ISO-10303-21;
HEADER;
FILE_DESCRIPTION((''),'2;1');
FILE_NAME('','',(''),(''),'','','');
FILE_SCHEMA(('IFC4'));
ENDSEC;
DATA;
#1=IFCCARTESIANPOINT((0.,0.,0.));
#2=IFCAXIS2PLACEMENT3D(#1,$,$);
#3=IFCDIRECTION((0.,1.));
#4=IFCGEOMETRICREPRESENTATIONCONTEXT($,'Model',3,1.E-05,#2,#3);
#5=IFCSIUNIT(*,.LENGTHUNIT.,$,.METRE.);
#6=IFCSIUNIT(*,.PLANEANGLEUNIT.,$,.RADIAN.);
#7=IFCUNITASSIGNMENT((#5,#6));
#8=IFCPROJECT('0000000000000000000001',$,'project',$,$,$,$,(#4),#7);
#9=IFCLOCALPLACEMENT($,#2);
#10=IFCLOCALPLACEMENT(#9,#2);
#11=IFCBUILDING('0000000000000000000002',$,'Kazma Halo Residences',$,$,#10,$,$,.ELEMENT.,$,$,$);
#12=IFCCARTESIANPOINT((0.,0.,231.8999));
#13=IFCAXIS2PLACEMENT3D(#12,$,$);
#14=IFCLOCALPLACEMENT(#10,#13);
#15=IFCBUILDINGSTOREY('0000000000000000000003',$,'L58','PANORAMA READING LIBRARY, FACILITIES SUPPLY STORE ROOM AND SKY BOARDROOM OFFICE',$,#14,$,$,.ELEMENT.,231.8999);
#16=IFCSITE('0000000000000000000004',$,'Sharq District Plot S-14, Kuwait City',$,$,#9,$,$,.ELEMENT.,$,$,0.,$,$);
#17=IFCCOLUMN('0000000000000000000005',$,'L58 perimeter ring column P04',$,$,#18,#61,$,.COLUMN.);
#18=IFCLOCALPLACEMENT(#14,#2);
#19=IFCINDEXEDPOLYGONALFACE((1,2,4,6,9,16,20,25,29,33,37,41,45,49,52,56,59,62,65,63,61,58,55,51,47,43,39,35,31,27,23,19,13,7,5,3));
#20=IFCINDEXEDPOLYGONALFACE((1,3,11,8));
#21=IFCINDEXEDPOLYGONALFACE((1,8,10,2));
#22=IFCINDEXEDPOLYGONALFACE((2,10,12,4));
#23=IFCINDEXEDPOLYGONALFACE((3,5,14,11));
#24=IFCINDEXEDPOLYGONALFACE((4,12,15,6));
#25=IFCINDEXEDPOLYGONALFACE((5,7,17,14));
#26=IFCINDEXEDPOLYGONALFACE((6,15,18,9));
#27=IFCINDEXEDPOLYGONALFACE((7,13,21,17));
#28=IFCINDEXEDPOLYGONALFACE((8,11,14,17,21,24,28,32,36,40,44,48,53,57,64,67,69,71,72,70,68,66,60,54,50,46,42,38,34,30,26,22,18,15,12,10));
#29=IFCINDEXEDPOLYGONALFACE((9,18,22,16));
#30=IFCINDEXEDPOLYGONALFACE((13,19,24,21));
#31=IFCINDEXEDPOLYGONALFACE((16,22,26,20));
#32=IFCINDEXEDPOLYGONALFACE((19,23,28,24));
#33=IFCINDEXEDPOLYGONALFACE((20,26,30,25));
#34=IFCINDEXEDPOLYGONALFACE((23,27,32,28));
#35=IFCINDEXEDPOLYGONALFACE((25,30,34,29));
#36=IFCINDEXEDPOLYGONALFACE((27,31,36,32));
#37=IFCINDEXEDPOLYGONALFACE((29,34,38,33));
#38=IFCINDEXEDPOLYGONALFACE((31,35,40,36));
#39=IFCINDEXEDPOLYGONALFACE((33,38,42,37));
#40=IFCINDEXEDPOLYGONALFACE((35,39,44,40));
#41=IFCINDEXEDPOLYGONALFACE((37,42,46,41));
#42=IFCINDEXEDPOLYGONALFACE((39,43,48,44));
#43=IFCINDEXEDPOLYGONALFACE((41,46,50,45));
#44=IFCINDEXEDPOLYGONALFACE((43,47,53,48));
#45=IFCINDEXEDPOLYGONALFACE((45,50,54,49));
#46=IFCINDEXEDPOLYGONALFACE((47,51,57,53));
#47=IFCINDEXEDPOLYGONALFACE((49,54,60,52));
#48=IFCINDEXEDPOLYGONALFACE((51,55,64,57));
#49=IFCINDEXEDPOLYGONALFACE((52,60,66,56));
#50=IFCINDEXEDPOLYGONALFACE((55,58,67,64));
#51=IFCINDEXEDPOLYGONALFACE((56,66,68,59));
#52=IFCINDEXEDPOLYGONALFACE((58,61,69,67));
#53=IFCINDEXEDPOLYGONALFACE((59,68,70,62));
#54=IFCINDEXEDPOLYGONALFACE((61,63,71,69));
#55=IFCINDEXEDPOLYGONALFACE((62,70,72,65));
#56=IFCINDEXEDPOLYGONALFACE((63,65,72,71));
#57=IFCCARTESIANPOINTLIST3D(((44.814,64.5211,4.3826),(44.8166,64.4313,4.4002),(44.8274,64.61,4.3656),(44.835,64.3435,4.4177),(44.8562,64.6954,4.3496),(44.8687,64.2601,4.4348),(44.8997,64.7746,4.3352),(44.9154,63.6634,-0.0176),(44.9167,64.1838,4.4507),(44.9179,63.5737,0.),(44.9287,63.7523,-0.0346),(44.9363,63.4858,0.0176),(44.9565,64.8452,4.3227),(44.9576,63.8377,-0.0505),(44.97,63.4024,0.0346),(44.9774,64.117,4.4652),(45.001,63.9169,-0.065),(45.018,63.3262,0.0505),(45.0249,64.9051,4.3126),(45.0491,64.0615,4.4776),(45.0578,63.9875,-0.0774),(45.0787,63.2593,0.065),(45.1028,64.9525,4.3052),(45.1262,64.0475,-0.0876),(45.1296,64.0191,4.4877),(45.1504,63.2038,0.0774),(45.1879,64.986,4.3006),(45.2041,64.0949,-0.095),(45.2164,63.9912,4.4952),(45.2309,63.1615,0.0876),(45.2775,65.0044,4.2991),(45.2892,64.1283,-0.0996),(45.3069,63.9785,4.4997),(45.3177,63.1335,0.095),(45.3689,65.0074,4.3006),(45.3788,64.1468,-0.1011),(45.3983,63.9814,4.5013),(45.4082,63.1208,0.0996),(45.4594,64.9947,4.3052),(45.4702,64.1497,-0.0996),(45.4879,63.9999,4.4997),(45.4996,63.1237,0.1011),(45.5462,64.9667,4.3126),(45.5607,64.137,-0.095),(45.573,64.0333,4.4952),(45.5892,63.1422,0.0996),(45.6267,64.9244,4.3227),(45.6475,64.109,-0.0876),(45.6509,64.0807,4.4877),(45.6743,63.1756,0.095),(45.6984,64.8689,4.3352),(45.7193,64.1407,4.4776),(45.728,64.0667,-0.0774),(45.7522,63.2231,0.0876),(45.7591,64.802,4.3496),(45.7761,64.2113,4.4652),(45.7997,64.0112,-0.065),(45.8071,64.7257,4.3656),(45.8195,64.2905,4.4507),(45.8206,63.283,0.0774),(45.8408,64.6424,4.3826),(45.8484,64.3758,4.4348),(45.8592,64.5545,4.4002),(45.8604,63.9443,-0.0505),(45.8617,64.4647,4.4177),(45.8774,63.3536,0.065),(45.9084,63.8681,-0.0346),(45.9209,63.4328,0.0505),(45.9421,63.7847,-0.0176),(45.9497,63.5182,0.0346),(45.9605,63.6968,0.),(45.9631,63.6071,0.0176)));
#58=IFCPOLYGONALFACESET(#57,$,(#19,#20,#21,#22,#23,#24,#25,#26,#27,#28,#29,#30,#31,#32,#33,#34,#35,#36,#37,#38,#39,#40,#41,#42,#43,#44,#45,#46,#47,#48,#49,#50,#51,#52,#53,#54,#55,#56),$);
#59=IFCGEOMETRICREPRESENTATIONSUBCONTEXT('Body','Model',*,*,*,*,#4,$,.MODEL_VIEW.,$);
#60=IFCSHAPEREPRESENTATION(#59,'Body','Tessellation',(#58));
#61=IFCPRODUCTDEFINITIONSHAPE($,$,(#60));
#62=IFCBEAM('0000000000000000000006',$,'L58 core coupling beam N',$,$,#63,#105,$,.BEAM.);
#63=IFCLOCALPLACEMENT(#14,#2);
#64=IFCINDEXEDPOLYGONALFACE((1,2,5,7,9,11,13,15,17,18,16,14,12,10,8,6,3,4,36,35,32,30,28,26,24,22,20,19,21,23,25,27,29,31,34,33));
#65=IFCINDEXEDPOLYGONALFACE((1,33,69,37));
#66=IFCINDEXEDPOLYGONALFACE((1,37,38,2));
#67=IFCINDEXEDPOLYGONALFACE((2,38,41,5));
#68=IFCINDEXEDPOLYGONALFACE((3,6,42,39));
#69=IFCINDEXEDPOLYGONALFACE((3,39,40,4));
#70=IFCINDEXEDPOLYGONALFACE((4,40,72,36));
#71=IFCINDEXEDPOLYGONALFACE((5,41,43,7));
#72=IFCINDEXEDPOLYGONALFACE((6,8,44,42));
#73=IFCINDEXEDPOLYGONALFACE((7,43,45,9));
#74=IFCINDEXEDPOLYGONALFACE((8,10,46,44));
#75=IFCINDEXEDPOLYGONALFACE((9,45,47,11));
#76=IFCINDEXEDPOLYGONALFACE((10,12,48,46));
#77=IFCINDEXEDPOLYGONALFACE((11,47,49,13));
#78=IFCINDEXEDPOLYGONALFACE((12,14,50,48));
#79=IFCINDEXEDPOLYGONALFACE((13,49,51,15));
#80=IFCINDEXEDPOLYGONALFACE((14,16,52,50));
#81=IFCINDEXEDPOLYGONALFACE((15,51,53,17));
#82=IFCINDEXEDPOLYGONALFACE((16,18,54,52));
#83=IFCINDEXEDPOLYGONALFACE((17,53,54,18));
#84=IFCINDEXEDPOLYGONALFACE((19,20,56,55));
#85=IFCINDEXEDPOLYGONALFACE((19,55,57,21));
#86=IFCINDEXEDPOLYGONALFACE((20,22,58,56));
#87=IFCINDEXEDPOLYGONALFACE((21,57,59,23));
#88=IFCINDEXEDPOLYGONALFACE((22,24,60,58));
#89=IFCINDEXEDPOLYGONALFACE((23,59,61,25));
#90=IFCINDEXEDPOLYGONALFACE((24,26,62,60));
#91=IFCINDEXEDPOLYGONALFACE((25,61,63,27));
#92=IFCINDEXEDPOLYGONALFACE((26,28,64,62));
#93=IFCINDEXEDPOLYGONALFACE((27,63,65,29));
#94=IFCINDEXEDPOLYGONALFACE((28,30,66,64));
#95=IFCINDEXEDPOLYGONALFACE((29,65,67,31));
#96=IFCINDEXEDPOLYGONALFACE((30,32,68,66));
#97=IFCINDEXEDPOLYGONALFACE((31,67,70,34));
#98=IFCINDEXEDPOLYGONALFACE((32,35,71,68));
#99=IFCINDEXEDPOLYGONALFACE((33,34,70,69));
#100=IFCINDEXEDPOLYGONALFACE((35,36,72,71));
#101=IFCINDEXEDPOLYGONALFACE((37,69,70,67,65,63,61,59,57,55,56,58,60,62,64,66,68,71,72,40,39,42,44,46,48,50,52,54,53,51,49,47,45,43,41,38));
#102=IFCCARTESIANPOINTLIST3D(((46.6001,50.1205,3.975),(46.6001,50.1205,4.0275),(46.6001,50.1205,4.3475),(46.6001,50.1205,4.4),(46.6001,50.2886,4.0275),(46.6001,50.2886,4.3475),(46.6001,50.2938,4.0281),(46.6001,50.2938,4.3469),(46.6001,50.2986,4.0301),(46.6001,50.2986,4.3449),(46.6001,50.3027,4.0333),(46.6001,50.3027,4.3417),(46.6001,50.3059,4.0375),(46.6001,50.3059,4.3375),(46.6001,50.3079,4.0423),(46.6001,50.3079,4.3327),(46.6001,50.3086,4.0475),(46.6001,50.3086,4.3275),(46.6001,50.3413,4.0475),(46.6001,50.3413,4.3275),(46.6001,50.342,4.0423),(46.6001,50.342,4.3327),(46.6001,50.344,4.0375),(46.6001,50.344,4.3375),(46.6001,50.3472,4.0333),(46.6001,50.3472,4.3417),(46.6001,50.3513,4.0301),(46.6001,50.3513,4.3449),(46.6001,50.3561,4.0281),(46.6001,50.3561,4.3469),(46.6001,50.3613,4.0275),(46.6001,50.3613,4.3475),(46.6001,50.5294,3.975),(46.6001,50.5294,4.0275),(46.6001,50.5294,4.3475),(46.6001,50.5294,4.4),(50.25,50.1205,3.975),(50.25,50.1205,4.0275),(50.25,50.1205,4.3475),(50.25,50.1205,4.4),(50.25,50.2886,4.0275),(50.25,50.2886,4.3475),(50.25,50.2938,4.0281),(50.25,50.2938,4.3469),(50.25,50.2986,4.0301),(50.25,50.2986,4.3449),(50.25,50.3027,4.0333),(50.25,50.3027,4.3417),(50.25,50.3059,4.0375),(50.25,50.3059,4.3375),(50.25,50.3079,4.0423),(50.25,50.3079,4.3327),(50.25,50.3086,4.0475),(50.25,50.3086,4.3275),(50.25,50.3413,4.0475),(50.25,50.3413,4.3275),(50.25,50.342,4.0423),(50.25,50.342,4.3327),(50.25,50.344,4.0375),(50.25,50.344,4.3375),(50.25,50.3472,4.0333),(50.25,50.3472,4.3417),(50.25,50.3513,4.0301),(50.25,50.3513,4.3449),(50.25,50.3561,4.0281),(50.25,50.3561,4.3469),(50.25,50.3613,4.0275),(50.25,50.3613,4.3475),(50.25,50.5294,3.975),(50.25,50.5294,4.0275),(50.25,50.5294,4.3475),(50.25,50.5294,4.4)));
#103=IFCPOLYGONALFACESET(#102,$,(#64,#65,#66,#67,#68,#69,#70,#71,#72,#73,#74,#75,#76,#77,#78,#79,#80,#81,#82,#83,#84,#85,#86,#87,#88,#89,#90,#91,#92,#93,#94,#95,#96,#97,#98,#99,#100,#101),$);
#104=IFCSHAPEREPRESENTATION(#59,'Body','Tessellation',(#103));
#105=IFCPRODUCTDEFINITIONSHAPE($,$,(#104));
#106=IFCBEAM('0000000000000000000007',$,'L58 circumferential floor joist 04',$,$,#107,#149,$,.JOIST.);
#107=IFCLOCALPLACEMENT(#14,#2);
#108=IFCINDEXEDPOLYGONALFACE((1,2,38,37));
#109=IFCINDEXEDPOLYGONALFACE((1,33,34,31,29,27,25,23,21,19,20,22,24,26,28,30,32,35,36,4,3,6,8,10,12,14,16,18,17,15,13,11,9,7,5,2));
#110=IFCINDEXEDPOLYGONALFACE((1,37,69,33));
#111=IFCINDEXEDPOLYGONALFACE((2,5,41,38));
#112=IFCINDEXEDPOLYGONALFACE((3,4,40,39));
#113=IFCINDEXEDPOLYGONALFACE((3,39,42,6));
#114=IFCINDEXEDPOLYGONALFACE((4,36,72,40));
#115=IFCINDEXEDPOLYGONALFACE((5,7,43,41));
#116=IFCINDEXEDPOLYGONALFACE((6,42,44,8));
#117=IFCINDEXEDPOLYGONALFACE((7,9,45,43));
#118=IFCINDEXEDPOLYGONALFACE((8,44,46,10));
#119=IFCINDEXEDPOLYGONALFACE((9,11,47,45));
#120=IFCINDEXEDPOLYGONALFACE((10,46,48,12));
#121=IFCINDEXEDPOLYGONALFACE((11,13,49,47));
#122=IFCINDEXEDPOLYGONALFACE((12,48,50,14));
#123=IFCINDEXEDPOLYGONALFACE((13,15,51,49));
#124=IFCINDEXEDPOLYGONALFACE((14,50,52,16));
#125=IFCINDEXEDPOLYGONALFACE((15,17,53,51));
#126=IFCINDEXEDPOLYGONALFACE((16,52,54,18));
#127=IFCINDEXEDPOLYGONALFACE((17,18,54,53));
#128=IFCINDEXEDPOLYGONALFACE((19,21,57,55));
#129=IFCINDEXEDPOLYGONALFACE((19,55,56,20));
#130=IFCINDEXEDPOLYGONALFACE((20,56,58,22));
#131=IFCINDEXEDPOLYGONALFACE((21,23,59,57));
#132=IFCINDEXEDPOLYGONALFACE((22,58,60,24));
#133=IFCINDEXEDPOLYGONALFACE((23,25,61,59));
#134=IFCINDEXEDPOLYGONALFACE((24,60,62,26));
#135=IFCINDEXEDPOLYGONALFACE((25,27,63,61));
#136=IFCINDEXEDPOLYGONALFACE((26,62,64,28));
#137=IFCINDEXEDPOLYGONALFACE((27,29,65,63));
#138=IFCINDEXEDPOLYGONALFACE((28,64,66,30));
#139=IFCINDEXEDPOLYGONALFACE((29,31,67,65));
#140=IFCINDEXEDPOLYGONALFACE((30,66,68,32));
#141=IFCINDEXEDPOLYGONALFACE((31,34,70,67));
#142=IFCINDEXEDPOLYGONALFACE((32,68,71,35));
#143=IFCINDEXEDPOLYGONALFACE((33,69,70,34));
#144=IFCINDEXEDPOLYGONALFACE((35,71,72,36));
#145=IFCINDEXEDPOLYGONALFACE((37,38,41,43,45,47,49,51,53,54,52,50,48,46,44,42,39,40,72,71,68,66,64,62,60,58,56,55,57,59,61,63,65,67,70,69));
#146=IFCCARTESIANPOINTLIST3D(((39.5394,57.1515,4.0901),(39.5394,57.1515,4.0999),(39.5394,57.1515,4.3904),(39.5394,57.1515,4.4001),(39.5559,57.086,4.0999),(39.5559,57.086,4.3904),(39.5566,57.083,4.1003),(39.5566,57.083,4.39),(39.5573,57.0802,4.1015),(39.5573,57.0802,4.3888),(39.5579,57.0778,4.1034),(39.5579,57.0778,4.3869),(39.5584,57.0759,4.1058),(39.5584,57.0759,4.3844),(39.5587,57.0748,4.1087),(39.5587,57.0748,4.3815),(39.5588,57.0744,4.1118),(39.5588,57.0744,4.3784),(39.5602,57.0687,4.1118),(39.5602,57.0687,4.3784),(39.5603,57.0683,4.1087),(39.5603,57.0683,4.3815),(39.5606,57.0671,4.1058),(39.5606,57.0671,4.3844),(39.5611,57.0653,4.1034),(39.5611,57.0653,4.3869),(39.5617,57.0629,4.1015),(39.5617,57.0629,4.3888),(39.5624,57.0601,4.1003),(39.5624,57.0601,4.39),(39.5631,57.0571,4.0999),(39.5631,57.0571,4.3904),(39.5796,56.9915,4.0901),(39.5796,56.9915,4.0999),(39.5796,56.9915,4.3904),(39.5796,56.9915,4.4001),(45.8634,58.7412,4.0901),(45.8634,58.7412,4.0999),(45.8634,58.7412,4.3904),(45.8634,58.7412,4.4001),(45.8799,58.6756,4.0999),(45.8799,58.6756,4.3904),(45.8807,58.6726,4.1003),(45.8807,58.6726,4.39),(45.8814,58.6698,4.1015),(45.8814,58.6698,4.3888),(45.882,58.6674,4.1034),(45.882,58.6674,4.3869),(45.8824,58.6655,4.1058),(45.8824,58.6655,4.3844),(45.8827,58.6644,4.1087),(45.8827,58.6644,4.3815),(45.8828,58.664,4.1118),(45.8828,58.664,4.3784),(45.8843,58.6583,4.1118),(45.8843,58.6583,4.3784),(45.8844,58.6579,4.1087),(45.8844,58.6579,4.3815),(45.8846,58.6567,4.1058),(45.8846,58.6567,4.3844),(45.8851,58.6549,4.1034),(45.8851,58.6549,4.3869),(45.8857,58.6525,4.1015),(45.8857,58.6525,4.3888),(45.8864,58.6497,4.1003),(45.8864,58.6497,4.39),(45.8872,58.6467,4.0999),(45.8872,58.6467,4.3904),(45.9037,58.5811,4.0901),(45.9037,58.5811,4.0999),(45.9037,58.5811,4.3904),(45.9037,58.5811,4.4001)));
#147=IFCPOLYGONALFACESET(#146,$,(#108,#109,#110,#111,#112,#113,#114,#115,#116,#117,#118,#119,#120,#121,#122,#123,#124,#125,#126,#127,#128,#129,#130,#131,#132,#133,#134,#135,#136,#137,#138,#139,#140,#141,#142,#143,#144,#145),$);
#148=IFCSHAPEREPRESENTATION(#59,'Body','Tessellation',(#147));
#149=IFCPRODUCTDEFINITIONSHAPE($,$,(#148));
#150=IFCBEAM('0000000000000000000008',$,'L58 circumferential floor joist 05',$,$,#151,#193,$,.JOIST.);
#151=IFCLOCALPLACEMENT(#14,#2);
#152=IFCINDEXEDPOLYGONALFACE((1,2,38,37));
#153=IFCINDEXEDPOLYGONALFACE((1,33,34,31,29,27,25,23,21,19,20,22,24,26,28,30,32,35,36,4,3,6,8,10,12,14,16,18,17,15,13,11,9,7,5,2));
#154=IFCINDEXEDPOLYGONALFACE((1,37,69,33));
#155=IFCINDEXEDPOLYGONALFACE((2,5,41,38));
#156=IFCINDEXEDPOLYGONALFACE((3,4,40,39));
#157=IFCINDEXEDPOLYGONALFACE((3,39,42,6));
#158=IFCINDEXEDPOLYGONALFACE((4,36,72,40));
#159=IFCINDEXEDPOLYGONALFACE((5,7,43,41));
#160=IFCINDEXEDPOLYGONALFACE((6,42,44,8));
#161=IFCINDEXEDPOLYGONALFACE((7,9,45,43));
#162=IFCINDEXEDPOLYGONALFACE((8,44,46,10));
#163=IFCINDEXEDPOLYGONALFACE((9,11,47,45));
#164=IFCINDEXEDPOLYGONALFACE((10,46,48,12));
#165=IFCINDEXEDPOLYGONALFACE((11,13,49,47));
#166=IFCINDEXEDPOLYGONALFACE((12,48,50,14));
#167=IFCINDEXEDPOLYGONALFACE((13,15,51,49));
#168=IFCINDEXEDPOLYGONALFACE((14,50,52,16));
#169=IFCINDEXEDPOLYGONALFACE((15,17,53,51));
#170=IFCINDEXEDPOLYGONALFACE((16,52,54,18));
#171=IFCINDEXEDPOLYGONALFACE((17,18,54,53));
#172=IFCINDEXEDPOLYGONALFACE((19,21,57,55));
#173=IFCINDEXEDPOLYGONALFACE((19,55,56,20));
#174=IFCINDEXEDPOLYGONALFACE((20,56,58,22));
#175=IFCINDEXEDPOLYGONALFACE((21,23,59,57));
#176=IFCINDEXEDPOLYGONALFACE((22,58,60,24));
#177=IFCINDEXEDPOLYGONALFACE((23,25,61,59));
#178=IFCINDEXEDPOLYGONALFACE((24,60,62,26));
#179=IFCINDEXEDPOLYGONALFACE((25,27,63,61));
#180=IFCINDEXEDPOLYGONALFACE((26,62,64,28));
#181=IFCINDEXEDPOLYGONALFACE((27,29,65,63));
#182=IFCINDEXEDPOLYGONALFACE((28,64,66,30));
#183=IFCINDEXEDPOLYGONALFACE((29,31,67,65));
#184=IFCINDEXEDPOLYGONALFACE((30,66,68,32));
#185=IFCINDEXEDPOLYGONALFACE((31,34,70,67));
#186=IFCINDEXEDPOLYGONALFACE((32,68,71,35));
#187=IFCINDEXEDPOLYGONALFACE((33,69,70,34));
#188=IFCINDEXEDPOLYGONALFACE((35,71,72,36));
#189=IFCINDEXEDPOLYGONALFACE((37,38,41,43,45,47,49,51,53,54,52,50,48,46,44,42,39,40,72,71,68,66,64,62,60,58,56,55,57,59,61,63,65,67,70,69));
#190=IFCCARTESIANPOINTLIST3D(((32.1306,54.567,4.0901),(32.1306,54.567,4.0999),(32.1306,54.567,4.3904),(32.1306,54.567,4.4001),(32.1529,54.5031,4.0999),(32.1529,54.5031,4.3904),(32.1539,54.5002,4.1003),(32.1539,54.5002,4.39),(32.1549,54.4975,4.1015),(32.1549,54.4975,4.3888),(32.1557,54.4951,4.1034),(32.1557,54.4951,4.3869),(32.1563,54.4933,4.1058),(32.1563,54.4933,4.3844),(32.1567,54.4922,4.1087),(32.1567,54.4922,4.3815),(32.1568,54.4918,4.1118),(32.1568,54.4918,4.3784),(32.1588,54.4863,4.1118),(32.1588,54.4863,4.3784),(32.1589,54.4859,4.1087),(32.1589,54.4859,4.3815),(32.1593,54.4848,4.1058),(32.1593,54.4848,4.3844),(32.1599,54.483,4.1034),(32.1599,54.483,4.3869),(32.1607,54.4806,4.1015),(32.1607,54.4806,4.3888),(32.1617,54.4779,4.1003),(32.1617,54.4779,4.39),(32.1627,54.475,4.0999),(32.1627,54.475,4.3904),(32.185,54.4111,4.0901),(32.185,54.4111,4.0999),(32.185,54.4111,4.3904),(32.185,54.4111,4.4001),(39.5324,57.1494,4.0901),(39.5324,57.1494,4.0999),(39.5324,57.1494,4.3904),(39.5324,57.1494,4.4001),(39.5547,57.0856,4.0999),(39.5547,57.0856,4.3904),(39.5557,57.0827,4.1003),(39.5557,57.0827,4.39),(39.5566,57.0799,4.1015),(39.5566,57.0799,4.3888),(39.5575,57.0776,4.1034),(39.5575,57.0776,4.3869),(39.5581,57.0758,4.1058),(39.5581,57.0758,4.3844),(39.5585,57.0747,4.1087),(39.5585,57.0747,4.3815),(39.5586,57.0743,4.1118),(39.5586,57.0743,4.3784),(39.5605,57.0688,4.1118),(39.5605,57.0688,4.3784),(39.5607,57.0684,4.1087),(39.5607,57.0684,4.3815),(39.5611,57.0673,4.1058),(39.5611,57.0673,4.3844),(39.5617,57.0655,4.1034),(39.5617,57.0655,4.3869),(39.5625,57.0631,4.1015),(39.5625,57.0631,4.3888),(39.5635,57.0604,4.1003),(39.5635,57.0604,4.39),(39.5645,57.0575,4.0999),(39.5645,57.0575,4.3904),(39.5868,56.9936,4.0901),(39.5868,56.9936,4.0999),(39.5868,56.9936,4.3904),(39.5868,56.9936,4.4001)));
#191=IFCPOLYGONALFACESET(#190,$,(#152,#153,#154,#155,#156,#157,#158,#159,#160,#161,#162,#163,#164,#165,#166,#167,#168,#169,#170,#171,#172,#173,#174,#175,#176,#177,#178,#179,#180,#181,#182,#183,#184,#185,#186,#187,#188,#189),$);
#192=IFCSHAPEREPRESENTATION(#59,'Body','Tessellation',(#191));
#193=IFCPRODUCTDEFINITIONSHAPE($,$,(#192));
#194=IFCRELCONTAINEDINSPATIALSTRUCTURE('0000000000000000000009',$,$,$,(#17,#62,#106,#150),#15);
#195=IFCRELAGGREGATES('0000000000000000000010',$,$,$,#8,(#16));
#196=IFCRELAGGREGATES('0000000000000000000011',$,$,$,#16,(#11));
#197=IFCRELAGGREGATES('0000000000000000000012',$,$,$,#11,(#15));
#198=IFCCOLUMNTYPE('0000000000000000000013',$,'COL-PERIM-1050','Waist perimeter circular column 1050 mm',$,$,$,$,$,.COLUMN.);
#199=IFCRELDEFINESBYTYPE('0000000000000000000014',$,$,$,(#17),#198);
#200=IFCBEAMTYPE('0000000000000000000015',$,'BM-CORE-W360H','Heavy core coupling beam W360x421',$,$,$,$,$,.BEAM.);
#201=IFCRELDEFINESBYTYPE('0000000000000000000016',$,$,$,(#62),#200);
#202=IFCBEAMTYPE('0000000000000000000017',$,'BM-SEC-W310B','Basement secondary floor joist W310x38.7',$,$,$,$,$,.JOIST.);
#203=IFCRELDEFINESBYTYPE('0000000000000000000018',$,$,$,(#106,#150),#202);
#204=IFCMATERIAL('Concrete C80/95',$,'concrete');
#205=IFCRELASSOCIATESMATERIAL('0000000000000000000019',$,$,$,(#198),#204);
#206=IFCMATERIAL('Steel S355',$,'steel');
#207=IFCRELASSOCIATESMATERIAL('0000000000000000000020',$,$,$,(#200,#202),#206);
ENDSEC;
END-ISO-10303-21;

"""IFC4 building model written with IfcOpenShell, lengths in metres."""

from ifc_helpers import new_model, si_unit, direction, frame, origin, origin_2d, place, context, subcontext, project, spatial, circle, i_section, extrude, material, material_profile, profile_set, type_object, element, save


model = new_model("IFC4")

# Units and contexts
model_context = context("Model", 3, precision=1e-05, world=origin(), true_north=direction((0.0, 1.0)))
body_context = subcontext(model_context, "Body", "Model", "MODEL_VIEW")
ifc_project = project(units=[si_unit("LENGTHUNIT", "METRE"), si_unit("PLANEANGLEUNIT", "RADIAN")], contexts=[model_context])

# Site, building, storey
site_placement = place(None, origin())
site = spatial("IfcSite", under=ifc_project, at=site_placement, Name="Sharq District Plot S-14, Kuwait City", CompositionType="ELEMENT", RefElevation=0.0)
building_placement = place(site_placement, origin())
building = spatial("IfcBuilding", under=site, at=building_placement, Name="Kazma Halo Residences", CompositionType="ELEMENT")
storey_placement = place(building_placement, frame((0.0, 0.0, 231.8999)))
storey = spatial("IfcBuildingStorey", under=building, at=storey_placement, Name="L58", Description="PANORAMA READING LIBRARY, FACILITIES SUPPLY STORE ROOM AND SKY BOARDROOM OFFICE", CompositionType="ELEMENT", Elevation=231.8999)

# Column
ifc_material_1 = material(Name="Concrete C80/95", Category="concrete")
ifc_material_profile_1 = material_profile(ifc_material_1, circle(Radius=0.5249, at=origin_2d()), Name="CIRC1050")
ifc_profile_set_1 = profile_set([ifc_material_profile_1], Name="Concrete C80/95")
column_type = type_object("IfcColumnType", Name="COL-PERIM-1050", Description="Waist perimeter circular column 1050 mm", PredefinedType="COLUMN", material=ifc_profile_set_1)
column_placement = place(storey_placement, frame((45.4392, 63.6353, 0.0), z_axis=(-0.022595, 0.191268, 0.981278), x_axis=(-0.993095, -0.117317, 0.0)))
element("IfcColumn", 1, at=column_placement, inside=storey, type_object=column_type, Name="L58 perimeter ring column P04", PredefinedType="COLUMN", context=body_context, shape_type="SweptSolid", body=[
    extrude(circle(Radius=0.5249, at=origin_2d()), origin(), (0.0, 0.0, 1.0), 4.4841),
])

# Beams
ifc_material_2 = material(Name="Steel S355", Category="steel")
ifc_material_profile_2 = material_profile(ifc_material_2, i_section(OverallWidth=0.4089, OverallDepth=0.425, WebThickness=0.0327, FlangeThickness=0.0525, FilletRadius=0.02, at=origin_2d()), Name="W360x421")
ifc_profile_set_2 = profile_set([ifc_material_profile_2], Name="Steel S355")
beam_type_1 = type_object("IfcBeamType", Name="BM-CORE-W360H", Description="Heavy core coupling beam W360x421", PredefinedType="BEAM", material=ifc_profile_set_2)
beam_1_placement = place(storey_placement, frame((46.6001, 50.325, 4.1875), z_axis=(1.0, 0.0, 0.0), x_axis=(0.0, 1.0, 0.0)))
element("IfcBeam", 2, at=beam_1_placement, inside=storey, type_object=beam_type_1, Name="L58 core coupling beam N", PredefinedType="BEAM", context=body_context, shape_type="SweptSolid", body=[
    extrude(i_section(OverallWidth=0.4089, OverallDepth=0.425, WebThickness=0.0327, FlangeThickness=0.0525, FilletRadius=0.02, at=origin_2d()), origin(), (0.0, 0.0, 1.0), 3.6499),
])
ifc_material_profile_3 = material_profile(ifc_material_2, i_section(OverallWidth=0.165, OverallDepth=0.3101, WebThickness=0.0059, FlangeThickness=0.0098, FilletRadius=0.012, at=origin_2d()), Name="W310x38.7")
ifc_profile_set_3 = profile_set([ifc_material_profile_3], Name="Steel S355")
beam_type_2 = type_object("IfcBeamType", Name="BM-SEC-W310B", Description="Basement secondary floor joist W310x38.7", PredefinedType="JOIST", material=ifc_profile_set_3)
beam_2_placement = place(storey_placement, frame((45.8835, 58.6611, 4.2451), z_axis=(-0.969831, -0.243778, 0.0), x_axis=(0.243778, -0.969831, 0.0)))
element("IfcBeam", 3, at=beam_2_placement, inside=storey, type_object=beam_type_2, Name="L58 circumferential floor joist 04", PredefinedType="JOIST", context=body_context, shape_type="SweptSolid", body=[
    extrude(i_section(OverallWidth=0.165, OverallDepth=0.3101, WebThickness=0.0059, FlangeThickness=0.0098, FilletRadius=0.012, at=origin_2d()), origin(), (0.0, 0.0, 1.0), 6.5208),
])
beam_3_placement = place(storey_placement, frame((39.5596, 57.0715, 4.2451), z_axis=(-0.944181, -0.329426, 0.0), x_axis=(0.329426, -0.944181, 0.0)))
element("IfcBeam", 4, at=beam_3_placement, inside=storey, type_object=beam_type_2, Name="L58 circumferential floor joist 05", PredefinedType="JOIST", context=body_context, shape_type="SweptSolid", body=[
    extrude(i_section(OverallWidth=0.165, OverallDepth=0.3101, WebThickness=0.0059, FlangeThickness=0.0098, FilletRadius=0.012, at=origin_2d()), origin(), (0.0, 0.0, 1.0), 7.8394),
])

save(model, "model.ifc")
